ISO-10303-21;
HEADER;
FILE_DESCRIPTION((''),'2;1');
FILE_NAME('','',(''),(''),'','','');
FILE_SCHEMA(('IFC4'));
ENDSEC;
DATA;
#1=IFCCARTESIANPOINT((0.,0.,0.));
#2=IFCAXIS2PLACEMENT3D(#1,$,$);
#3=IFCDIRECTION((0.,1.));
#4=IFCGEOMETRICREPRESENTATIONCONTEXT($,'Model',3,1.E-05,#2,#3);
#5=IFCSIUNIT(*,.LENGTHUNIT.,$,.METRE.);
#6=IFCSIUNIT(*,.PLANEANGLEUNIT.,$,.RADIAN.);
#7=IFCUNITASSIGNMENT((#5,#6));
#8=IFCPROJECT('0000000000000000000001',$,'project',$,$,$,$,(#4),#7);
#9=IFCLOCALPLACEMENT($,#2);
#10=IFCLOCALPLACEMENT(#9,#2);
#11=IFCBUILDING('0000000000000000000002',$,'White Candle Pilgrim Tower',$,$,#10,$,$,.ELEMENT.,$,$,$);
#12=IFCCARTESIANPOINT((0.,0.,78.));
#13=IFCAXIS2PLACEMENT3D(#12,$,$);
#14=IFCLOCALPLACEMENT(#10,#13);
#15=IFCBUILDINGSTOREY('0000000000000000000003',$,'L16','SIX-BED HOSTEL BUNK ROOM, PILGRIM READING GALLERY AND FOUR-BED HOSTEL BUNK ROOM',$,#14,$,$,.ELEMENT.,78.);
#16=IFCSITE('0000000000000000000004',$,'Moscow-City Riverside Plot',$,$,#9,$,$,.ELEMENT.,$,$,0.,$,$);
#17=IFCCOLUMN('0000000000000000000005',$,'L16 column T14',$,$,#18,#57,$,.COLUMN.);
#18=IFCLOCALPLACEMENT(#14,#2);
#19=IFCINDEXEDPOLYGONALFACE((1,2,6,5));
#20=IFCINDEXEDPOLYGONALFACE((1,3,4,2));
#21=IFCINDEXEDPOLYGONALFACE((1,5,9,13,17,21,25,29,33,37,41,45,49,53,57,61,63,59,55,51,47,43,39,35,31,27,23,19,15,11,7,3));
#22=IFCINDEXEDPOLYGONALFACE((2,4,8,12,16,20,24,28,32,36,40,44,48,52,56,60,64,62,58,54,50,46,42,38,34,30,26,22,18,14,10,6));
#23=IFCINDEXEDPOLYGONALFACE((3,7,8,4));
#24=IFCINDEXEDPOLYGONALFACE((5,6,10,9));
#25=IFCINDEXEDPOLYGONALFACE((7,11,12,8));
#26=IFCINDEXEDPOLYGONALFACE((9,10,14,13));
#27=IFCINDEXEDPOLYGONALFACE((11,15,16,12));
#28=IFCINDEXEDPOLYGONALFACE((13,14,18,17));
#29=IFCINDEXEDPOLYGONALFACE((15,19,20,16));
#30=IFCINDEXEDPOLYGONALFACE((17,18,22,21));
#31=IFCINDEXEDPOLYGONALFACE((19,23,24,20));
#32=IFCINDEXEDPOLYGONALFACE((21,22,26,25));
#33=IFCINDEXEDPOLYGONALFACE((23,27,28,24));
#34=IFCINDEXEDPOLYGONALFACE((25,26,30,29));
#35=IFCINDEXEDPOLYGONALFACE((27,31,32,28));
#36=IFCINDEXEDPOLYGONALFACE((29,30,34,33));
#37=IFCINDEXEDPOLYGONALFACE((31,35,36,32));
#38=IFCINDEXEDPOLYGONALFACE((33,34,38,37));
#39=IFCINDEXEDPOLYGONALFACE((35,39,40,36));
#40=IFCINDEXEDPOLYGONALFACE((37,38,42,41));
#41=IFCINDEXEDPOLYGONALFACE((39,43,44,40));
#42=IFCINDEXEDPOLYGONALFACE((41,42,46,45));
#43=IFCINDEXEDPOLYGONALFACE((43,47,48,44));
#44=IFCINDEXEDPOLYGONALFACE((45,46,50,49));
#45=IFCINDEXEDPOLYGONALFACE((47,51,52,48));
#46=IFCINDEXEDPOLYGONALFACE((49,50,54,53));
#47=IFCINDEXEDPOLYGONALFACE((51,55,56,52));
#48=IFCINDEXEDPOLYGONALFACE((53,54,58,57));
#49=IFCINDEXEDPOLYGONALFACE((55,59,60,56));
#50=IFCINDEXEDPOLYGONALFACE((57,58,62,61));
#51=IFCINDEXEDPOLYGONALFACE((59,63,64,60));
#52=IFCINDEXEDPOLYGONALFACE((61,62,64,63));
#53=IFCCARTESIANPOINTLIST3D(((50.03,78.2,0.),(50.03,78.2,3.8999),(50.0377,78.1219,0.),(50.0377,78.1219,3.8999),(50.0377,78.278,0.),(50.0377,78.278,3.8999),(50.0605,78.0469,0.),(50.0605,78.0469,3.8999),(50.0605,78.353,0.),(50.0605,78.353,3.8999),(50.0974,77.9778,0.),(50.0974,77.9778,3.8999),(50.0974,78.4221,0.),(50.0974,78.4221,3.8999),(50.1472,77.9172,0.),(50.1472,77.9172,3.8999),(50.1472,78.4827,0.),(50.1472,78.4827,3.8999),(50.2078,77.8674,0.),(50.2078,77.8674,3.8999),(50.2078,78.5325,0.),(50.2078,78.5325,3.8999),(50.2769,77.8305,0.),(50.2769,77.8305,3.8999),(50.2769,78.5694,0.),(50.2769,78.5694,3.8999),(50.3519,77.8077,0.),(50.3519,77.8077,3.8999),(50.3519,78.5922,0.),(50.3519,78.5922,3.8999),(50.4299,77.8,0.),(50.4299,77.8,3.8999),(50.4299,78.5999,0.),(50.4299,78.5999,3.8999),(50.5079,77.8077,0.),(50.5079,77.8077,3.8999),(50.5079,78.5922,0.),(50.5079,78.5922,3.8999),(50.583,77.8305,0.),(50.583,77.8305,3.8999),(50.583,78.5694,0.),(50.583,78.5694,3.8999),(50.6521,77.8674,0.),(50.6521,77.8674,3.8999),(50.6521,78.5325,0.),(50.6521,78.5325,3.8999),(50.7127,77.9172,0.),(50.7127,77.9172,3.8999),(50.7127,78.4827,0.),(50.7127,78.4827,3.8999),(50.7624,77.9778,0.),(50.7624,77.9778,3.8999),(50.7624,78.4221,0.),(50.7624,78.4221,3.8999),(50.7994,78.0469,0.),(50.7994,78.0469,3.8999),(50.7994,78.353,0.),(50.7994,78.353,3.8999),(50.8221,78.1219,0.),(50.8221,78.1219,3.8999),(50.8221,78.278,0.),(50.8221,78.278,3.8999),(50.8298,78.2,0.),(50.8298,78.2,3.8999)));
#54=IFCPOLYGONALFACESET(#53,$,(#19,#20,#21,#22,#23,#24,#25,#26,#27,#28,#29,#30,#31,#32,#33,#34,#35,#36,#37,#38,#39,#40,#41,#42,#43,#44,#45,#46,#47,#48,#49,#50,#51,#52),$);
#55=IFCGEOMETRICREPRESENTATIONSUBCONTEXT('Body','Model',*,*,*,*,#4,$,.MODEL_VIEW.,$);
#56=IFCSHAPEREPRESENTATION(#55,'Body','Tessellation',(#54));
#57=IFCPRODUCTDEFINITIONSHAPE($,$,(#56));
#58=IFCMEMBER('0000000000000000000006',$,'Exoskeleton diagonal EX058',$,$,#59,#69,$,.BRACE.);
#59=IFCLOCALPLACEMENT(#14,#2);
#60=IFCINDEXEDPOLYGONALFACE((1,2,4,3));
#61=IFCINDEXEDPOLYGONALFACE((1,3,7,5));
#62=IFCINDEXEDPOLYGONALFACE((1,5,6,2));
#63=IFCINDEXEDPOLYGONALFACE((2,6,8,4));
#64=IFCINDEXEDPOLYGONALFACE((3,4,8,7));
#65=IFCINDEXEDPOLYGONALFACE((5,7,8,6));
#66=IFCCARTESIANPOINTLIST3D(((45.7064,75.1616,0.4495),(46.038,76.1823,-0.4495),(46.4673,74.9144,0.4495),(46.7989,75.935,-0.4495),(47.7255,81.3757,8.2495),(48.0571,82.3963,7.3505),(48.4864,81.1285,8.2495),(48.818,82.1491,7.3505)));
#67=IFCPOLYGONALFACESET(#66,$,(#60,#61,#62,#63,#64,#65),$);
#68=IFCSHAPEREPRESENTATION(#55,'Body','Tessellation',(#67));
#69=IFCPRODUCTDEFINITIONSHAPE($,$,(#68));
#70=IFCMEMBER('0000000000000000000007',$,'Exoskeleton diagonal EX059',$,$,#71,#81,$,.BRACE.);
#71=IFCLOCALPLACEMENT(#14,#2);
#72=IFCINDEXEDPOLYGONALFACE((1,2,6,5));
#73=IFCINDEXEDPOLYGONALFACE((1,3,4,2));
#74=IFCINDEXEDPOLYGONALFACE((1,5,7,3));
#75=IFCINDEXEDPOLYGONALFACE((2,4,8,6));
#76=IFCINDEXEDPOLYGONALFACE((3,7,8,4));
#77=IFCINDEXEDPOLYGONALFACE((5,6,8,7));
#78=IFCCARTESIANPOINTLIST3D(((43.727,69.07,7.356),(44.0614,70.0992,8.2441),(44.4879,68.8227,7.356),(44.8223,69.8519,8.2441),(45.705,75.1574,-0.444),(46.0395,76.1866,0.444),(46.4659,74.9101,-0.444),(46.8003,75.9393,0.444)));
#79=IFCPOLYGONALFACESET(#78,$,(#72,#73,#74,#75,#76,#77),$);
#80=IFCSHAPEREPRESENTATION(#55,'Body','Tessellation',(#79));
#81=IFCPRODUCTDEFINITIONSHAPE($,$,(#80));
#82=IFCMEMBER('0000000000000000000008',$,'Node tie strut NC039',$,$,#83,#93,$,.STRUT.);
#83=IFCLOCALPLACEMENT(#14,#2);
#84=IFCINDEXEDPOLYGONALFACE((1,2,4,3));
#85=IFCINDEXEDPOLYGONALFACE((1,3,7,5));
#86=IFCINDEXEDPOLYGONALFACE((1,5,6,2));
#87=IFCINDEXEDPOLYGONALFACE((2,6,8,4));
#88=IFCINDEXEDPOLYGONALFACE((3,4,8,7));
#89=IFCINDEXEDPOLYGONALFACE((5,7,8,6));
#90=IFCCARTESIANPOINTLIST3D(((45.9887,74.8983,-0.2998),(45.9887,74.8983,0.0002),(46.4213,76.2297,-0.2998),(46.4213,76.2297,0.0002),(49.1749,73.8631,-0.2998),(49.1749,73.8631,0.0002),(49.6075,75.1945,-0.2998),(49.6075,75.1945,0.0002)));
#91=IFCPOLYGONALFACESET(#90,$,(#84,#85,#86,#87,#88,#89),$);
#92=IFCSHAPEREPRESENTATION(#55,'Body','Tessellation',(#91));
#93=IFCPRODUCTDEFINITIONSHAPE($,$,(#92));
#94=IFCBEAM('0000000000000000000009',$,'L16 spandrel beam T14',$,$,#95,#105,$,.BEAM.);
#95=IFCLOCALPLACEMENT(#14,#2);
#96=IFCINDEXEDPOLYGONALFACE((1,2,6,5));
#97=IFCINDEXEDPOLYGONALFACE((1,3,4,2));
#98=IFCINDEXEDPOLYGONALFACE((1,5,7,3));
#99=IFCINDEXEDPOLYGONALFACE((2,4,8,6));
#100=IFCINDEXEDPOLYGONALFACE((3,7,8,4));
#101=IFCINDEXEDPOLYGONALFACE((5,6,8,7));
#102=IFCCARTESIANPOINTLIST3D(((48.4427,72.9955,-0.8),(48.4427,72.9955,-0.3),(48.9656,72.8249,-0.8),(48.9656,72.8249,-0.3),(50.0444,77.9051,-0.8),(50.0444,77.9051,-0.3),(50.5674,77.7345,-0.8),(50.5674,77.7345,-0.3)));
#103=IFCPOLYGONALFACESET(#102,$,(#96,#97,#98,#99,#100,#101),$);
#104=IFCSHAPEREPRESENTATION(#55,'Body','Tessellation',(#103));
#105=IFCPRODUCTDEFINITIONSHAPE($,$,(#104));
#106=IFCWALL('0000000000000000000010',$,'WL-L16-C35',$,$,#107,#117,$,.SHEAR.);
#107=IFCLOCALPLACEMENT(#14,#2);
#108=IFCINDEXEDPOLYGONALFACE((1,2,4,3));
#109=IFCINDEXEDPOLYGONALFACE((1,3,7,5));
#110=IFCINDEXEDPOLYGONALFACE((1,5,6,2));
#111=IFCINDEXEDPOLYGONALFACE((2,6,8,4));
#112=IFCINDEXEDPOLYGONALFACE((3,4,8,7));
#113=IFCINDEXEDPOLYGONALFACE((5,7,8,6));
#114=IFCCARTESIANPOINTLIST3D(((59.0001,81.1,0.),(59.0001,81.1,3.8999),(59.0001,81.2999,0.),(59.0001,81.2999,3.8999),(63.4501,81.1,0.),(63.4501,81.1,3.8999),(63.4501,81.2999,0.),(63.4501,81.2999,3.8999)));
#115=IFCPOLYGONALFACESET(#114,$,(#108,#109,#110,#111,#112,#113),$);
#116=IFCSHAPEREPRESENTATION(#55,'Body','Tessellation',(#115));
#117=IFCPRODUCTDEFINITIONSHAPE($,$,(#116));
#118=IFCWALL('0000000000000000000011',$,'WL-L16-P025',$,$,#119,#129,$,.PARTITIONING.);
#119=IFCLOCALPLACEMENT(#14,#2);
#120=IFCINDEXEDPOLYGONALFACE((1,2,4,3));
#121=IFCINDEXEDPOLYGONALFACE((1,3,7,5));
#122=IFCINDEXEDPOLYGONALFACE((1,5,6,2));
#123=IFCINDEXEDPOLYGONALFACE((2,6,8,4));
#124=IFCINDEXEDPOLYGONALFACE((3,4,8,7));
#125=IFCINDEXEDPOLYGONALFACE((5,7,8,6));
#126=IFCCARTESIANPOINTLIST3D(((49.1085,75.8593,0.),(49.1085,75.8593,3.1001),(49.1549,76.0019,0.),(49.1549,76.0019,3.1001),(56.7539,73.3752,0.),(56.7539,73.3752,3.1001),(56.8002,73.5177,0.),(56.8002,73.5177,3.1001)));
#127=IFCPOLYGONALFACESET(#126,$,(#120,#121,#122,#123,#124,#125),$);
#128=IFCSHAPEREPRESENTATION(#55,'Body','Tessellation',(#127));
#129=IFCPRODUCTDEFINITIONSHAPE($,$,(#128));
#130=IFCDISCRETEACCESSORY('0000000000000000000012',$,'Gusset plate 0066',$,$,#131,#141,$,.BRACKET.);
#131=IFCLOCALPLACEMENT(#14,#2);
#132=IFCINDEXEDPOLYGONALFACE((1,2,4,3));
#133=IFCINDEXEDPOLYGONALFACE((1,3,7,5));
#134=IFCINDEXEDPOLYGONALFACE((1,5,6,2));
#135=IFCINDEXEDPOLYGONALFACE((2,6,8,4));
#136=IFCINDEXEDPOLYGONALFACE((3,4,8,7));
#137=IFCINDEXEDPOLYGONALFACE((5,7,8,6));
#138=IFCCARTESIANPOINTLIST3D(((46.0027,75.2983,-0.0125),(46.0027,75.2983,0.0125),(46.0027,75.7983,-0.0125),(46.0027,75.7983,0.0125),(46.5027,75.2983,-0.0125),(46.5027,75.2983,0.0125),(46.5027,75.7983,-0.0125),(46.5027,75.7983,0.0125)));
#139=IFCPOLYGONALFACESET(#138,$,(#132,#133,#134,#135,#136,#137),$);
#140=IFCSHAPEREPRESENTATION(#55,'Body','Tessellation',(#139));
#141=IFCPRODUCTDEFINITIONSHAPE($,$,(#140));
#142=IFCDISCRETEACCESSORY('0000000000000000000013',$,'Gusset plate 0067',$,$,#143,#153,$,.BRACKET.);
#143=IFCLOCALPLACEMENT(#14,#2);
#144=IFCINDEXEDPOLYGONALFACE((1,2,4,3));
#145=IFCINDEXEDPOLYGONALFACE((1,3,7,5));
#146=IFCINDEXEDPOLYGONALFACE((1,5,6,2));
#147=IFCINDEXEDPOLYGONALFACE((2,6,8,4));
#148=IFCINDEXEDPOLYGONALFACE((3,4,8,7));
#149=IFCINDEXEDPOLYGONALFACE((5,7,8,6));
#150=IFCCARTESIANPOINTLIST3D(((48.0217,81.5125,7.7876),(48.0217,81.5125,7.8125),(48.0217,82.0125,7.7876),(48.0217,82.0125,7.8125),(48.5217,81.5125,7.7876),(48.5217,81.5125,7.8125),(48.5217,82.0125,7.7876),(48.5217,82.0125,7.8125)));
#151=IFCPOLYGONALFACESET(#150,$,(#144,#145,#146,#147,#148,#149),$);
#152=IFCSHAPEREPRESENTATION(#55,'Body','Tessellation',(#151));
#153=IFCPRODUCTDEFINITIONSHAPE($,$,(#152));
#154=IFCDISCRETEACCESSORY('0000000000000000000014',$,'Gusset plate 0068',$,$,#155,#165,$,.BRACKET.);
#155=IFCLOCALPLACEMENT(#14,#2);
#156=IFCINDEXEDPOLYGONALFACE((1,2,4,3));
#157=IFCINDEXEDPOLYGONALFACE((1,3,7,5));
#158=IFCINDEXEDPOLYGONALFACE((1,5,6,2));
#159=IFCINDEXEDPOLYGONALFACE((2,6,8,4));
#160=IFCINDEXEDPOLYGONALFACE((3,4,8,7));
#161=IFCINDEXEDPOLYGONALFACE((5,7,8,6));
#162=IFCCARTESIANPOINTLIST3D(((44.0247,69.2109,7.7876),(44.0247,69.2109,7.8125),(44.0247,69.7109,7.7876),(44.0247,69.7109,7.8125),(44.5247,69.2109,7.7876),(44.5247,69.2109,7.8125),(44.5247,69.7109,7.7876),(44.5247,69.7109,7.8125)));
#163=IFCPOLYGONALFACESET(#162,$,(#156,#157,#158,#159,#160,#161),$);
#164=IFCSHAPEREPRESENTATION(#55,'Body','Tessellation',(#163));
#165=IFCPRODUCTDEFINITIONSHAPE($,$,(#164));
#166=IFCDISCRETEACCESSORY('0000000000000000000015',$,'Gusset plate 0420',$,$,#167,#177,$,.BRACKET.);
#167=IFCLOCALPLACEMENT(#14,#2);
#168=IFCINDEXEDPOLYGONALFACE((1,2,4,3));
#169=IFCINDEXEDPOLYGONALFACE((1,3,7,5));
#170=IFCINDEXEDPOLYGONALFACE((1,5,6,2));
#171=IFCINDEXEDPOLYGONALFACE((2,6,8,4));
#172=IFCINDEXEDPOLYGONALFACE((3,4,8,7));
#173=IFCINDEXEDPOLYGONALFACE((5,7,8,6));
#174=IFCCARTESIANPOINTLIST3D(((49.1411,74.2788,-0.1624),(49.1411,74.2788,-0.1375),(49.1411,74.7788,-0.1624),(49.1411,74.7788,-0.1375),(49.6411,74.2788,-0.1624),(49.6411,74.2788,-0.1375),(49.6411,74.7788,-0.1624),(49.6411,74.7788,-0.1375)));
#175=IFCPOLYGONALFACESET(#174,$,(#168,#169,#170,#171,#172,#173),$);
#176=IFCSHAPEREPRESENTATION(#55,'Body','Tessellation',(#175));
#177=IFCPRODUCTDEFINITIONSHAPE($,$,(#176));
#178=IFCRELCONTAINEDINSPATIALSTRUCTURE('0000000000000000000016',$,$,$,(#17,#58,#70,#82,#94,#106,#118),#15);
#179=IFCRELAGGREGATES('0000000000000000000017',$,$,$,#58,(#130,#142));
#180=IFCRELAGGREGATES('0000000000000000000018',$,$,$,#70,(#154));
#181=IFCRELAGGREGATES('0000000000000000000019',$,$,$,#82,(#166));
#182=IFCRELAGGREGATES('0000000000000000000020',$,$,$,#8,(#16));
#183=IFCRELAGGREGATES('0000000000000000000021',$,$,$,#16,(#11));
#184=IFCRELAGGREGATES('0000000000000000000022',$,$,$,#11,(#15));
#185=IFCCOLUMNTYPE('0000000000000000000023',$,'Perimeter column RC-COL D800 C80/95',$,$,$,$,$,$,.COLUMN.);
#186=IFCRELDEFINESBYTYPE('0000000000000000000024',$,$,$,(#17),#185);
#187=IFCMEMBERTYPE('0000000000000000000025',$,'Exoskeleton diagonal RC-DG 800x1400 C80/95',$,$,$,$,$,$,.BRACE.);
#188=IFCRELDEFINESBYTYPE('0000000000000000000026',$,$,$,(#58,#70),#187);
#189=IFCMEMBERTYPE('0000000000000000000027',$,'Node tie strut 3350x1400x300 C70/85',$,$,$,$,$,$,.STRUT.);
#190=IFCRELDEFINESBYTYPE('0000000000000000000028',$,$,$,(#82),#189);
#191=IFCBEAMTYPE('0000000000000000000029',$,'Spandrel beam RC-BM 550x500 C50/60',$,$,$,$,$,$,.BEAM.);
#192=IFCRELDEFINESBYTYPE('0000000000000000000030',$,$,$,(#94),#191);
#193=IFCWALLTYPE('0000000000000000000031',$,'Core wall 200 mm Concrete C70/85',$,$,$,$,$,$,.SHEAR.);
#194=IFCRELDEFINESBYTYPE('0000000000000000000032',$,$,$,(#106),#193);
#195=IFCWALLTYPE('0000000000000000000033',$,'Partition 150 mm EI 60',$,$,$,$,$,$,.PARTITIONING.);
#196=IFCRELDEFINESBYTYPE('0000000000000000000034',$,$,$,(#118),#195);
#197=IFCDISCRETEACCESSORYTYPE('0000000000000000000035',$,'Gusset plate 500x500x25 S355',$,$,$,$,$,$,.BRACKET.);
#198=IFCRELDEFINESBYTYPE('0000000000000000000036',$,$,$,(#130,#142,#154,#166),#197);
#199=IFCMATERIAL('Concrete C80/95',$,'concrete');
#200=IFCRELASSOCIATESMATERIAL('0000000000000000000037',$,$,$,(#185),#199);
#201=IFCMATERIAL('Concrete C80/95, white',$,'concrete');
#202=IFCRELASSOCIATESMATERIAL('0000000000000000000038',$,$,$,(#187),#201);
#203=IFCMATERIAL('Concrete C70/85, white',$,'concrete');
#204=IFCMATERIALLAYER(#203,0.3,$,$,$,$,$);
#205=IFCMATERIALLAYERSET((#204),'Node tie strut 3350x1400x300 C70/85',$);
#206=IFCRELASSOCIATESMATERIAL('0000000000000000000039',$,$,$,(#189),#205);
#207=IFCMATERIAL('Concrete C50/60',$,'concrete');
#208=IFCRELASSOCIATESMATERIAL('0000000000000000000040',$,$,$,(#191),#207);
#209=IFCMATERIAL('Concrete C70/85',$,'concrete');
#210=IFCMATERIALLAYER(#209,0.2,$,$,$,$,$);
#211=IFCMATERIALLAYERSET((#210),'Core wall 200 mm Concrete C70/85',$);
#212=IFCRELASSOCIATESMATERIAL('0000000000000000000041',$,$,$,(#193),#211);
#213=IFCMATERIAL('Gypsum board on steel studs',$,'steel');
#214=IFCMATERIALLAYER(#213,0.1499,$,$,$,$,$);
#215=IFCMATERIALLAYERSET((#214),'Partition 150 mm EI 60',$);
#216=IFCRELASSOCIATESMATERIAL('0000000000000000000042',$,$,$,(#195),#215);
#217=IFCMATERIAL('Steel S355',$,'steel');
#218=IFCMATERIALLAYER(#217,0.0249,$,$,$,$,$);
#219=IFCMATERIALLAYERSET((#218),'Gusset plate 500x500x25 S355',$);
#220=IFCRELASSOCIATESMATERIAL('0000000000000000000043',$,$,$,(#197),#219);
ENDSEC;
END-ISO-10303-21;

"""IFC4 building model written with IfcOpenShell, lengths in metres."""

from ifc_helpers import new_model, si_unit, direction, frame, frame_2d, origin, origin_2d, place, context, subcontext, project, spatial, rectangle, circle, extrude, material, layer, layer_set, material_profile, profile_set, type_object, element, aggregate, save


model = new_model("IFC4")

# Units and contexts
model_context = context("Model", 3, precision=1e-05, world=origin(), true_north=direction((0.0, 1.0)))
body_context = subcontext(model_context, "Body", "Model", "MODEL_VIEW")
ifc_project = project(units=[si_unit("LENGTHUNIT", "METRE"), si_unit("PLANEANGLEUNIT", "RADIAN")], contexts=[model_context])

# Site, building, storey
site_placement = place(None, origin())
site = spatial("IfcSite", under=ifc_project, at=site_placement, Name="Moscow-City Riverside Plot", CompositionType="ELEMENT", RefElevation=0.0)
building_placement = place(site_placement, origin())
building = spatial("IfcBuilding", under=site, at=building_placement, Name="White Candle Pilgrim Tower", CompositionType="ELEMENT")
storey_placement = place(building_placement, frame((0.0, 0.0, 78.0)))
storey = spatial("IfcBuildingStorey", under=building, at=storey_placement, Name="L16", Description="SIX-BED HOSTEL BUNK ROOM, PILGRIM READING GALLERY AND FOUR-BED HOSTEL BUNK ROOM", CompositionType="ELEMENT", Elevation=78.0)

# Column
ifc_material_1 = material(Name="Concrete C80/95", Category="concrete")
ifc_material_profile_1 = material_profile(ifc_material_1, circle(Radius=0.3999, at=origin_2d()), Name="RC-COL D800")
ifc_profile_set_1 = profile_set([ifc_material_profile_1], Name="Concrete C80/95")
column_type = type_object("IfcColumnType", Name="Perimeter column RC-COL D800 C80/95", PredefinedType="COLUMN", material=ifc_profile_set_1)
column_placement = place(storey_placement, frame((50.4299, 78.2, 0.0), z_axis=(0.0, 0.0, 1.0), x_axis=(1.0, 0.0, 0.0)))
element("IfcColumn", 1, at=column_placement, inside=storey, type_object=column_type, Name="L16 column T14", PredefinedType="COLUMN", context=body_context, shape_type="SweptSolid", body=[
    extrude(circle(Radius=0.3999, at=origin_2d()), origin(), (0.0, 0.0, 1.0), 3.8999),
])

# Members
ifc_material_2 = material(Name="Concrete C80/95, white", Category="concrete")
ifc_material_profile_2 = material_profile(ifc_material_2, rectangle(XDim=0.8, YDim=1.3999, at=origin_2d()), Name="RC-DG 800x1400")
ifc_profile_set_2 = profile_set([ifc_material_profile_2], Name="Concrete C80/95, white")
member_type_1 = type_object("IfcMemberType", Name="Exoskeleton diagonal RC-DG 800x1400 C80/95", PredefinedType="BRACE", material=ifc_profile_set_2)
member_1_placement = place(storey_placement, frame((46.2527, 75.5483, 0.0), z_axis=(0.19843, 0.610718, 0.766583), x_axis=(-0.951059, 0.309011, 0.0)))
member_1 = element("IfcMember", 2, at=member_1_placement, inside=storey, type_object=member_type_1, Name="Exoskeleton diagonal EX058", PredefinedType="BRACE", context=body_context, shape_type="SweptSolid", body=[
    extrude(rectangle(XDim=0.8, YDim=1.3999, at=origin_2d()), origin(), (0.0, 0.0, 1.0), 10.175),
])
member_2_placement = place(storey_placement, frame((46.2527, 75.5483, 0.0), z_axis=(-0.196037, -0.603305, 0.773041), x_axis=(0.951051, -0.309033, 0.0)))
member_2 = element("IfcMember", 3, at=member_2_placement, inside=storey, type_object=member_type_1, Name="Exoskeleton diagonal EX059", PredefinedType="BRACE", context=body_context, shape_type="SweptSolid", body=[
    extrude(rectangle(XDim=0.8, YDim=1.3999, at=origin_2d()), origin(), (0.0, 0.0, 1.0), 10.0901),
])
ifc_material_3 = material(Name="Concrete C70/85, white", Category="concrete")
ifc_layer_1 = layer(ifc_material_3, 0.3)
ifc_layer_set_1 = layer_set([ifc_layer_1], Name="Node tie strut 3350x1400x300 C70/85")
member_type_2 = type_object("IfcMemberType", Name="Node tie strut 3350x1400x300 C70/85", PredefinedType="STRUT", material=ifc_layer_set_1)
member_3_placement = place(storey_placement, frame((47.7981, 75.0464, -0.2998), z_axis=(0.0, 0.0, 1.0), x_axis=(-0.309017, -0.951057, 0.0)))
member_3 = element("IfcMember", 4, at=member_3_placement, inside=storey, type_object=member_type_2, Name="Node tie strut NC039", PredefinedType="STRUT", context=body_context, shape_type="SweptSolid", body=[
    extrude(rectangle(XDim=1.3999, YDim=3.3501, at=origin_2d()), origin(), (0.0, 0.0, 1.0), 0.3),
])

# Beam
ifc_material_4 = material(Name="Concrete C50/60", Category="concrete")
ifc_material_profile_3 = material_profile(ifc_material_4, rectangle(XDim=0.55, YDim=0.5, at=origin_2d()), Name="RC-BM 550x500")
ifc_profile_set_3 = profile_set([ifc_material_profile_3], Name="Concrete C50/60")
beam_type = type_object("IfcBeamType", Name="Spandrel beam RC-BM 550x500 C50/60", PredefinedType="BEAM", material=ifc_profile_set_3)
beam_placement = place(storey_placement, frame((50.3059, 77.8198, -0.55), z_axis=(-0.310166, -0.950683, 0.0), x_axis=(0.950683, -0.310166, 0.0)))
element("IfcBeam", 5, at=beam_placement, inside=storey, type_object=beam_type, Name="L16 spandrel beam T14", PredefinedType="BEAM", context=body_context, shape_type="SweptSolid", body=[
    extrude(rectangle(XDim=0.55, YDim=0.5, at=origin_2d()), origin(), (0.0, 0.0, 1.0), 5.1643),
])

# Walls
ifc_material_5 = material(Name="Concrete C70/85", Category="concrete")
ifc_layer_2 = layer(ifc_material_5, 0.2)
ifc_layer_set_2 = layer_set([ifc_layer_2], Name="Core wall 200 mm Concrete C70/85")
wall_type_1 = type_object("IfcWallType", Name="Core wall 200 mm Concrete C70/85", PredefinedType="SHEAR", material=ifc_layer_set_2)
wall_1_placement = place(storey_placement, frame((59.0, 81.2, 0.0), z_axis=(0.0, 0.0, 1.0), x_axis=(1.0, 0.0, 0.0)))
element("IfcWall", 6, at=wall_1_placement, inside=storey, type_object=wall_type_1, Name="WL-L16-C35", PredefinedType="SHEAR", context=body_context, shape_type="SweptSolid", body=[
    extrude(rectangle(XDim=4.45, YDim=0.2, at=frame_2d((2.2251, 0.0))), origin(), (0.0, 0.0, 1.0), 3.8999),
])
ifc_material_6 = material(Name="Gypsum board on steel studs", Category="steel")
ifc_layer_3 = layer(ifc_material_6, 0.1499)
ifc_layer_set_3 = layer_set([ifc_layer_3], Name="Partition 150 mm EI 60")
wall_type_2 = type_object("IfcWallType", Name="Partition 150 mm EI 60", PredefinedType="PARTITIONING", material=ifc_layer_set_3)
wall_2_placement = place(storey_placement, frame((49.1316, 75.9307, 0.0), z_axis=(0.0, 0.0, 1.0), x_axis=(0.951055, -0.309021, 0.0)))
element("IfcWall", 7, at=wall_2_placement, inside=storey, type_object=wall_type_2, Name="WL-L16-P025", PredefinedType="PARTITIONING", context=body_context, shape_type="SweptSolid", body=[
    extrude(rectangle(XDim=8.0388, YDim=0.1499, at=frame_2d((4.0195, 0.0))), origin(), (0.0, 0.0, 1.0), 3.1001),
])

# Discrete accessories
ifc_material_7 = material(Name="Steel S355", Category="steel")
ifc_layer_4 = layer(ifc_material_7, 0.0249)
ifc_layer_set_4 = layer_set([ifc_layer_4], Name="Gusset plate 500x500x25 S355")
discrete_accessory_type = type_object("IfcDiscreteAccessoryType", Name="Gusset plate 500x500x25 S355", PredefinedType="BRACKET", material=ifc_layer_set_4)
discrete_accessory_1_placement = place(storey_placement, frame((46.2527, 75.5483, -0.0125), z_axis=(0.0, 0.0, 1.0), x_axis=(1.0, 0.0, 0.0)))
discrete_accessory_1 = element("IfcDiscreteAccessory", 8, at=discrete_accessory_1_placement, type_object=discrete_accessory_type, Name="Gusset plate 0066", PredefinedType="BRACKET", context=body_context, shape_type="SweptSolid", body=[
    extrude(rectangle(XDim=0.5, YDim=0.5, at=origin_2d()), origin(), (0.0, 0.0, 1.0), 0.0249),
])
placement = place(building_placement, frame((0.0, 0.0, 85.8)))
discrete_accessory_2_placement = place(placement, frame((48.2717, 81.7625, -0.0125), z_axis=(0.0, 0.0, 1.0), x_axis=(1.0, 0.0, 0.0)))
discrete_accessory_2 = element("IfcDiscreteAccessory", 9, at=discrete_accessory_2_placement, type_object=discrete_accessory_type, Name="Gusset plate 0067", PredefinedType="BRACKET", context=body_context, shape_type="SweptSolid", body=[
    extrude(rectangle(XDim=0.5, YDim=0.5, at=origin_2d()), origin(), (0.0, 0.0, 1.0), 0.0249),
])
aggregate(member_1, [discrete_accessory_1, discrete_accessory_2])
discrete_accessory_3_placement = place(placement, frame((44.2747, 69.4609, -0.0125), z_axis=(0.0, 0.0, 1.0), x_axis=(1.0, 0.0, 0.0)))
discrete_accessory_3 = element("IfcDiscreteAccessory", 10, at=discrete_accessory_3_placement, type_object=discrete_accessory_type, Name="Gusset plate 0068", PredefinedType="BRACKET", context=body_context, shape_type="SweptSolid", body=[
    extrude(rectangle(XDim=0.5, YDim=0.5, at=origin_2d()), origin(), (0.0, 0.0, 1.0), 0.0249),
])
aggregate(member_2, [discrete_accessory_3])
discrete_accessory_4_placement = place(storey_placement, frame((49.3911, 74.5288, -0.1624), z_axis=(0.0, 0.0, 1.0), x_axis=(1.0, 0.0, 0.0)))
discrete_accessory_4 = element("IfcDiscreteAccessory", 11, at=discrete_accessory_4_placement, type_object=discrete_accessory_type, Name="Gusset plate 0420", PredefinedType="BRACKET", context=body_context, shape_type="SweptSolid", body=[
    extrude(rectangle(XDim=0.5, YDim=0.5, at=origin_2d()), origin(), (0.0, 0.0, 1.0), 0.0249),
])
aggregate(member_3, [discrete_accessory_4])

save(model, "model.ifc")
